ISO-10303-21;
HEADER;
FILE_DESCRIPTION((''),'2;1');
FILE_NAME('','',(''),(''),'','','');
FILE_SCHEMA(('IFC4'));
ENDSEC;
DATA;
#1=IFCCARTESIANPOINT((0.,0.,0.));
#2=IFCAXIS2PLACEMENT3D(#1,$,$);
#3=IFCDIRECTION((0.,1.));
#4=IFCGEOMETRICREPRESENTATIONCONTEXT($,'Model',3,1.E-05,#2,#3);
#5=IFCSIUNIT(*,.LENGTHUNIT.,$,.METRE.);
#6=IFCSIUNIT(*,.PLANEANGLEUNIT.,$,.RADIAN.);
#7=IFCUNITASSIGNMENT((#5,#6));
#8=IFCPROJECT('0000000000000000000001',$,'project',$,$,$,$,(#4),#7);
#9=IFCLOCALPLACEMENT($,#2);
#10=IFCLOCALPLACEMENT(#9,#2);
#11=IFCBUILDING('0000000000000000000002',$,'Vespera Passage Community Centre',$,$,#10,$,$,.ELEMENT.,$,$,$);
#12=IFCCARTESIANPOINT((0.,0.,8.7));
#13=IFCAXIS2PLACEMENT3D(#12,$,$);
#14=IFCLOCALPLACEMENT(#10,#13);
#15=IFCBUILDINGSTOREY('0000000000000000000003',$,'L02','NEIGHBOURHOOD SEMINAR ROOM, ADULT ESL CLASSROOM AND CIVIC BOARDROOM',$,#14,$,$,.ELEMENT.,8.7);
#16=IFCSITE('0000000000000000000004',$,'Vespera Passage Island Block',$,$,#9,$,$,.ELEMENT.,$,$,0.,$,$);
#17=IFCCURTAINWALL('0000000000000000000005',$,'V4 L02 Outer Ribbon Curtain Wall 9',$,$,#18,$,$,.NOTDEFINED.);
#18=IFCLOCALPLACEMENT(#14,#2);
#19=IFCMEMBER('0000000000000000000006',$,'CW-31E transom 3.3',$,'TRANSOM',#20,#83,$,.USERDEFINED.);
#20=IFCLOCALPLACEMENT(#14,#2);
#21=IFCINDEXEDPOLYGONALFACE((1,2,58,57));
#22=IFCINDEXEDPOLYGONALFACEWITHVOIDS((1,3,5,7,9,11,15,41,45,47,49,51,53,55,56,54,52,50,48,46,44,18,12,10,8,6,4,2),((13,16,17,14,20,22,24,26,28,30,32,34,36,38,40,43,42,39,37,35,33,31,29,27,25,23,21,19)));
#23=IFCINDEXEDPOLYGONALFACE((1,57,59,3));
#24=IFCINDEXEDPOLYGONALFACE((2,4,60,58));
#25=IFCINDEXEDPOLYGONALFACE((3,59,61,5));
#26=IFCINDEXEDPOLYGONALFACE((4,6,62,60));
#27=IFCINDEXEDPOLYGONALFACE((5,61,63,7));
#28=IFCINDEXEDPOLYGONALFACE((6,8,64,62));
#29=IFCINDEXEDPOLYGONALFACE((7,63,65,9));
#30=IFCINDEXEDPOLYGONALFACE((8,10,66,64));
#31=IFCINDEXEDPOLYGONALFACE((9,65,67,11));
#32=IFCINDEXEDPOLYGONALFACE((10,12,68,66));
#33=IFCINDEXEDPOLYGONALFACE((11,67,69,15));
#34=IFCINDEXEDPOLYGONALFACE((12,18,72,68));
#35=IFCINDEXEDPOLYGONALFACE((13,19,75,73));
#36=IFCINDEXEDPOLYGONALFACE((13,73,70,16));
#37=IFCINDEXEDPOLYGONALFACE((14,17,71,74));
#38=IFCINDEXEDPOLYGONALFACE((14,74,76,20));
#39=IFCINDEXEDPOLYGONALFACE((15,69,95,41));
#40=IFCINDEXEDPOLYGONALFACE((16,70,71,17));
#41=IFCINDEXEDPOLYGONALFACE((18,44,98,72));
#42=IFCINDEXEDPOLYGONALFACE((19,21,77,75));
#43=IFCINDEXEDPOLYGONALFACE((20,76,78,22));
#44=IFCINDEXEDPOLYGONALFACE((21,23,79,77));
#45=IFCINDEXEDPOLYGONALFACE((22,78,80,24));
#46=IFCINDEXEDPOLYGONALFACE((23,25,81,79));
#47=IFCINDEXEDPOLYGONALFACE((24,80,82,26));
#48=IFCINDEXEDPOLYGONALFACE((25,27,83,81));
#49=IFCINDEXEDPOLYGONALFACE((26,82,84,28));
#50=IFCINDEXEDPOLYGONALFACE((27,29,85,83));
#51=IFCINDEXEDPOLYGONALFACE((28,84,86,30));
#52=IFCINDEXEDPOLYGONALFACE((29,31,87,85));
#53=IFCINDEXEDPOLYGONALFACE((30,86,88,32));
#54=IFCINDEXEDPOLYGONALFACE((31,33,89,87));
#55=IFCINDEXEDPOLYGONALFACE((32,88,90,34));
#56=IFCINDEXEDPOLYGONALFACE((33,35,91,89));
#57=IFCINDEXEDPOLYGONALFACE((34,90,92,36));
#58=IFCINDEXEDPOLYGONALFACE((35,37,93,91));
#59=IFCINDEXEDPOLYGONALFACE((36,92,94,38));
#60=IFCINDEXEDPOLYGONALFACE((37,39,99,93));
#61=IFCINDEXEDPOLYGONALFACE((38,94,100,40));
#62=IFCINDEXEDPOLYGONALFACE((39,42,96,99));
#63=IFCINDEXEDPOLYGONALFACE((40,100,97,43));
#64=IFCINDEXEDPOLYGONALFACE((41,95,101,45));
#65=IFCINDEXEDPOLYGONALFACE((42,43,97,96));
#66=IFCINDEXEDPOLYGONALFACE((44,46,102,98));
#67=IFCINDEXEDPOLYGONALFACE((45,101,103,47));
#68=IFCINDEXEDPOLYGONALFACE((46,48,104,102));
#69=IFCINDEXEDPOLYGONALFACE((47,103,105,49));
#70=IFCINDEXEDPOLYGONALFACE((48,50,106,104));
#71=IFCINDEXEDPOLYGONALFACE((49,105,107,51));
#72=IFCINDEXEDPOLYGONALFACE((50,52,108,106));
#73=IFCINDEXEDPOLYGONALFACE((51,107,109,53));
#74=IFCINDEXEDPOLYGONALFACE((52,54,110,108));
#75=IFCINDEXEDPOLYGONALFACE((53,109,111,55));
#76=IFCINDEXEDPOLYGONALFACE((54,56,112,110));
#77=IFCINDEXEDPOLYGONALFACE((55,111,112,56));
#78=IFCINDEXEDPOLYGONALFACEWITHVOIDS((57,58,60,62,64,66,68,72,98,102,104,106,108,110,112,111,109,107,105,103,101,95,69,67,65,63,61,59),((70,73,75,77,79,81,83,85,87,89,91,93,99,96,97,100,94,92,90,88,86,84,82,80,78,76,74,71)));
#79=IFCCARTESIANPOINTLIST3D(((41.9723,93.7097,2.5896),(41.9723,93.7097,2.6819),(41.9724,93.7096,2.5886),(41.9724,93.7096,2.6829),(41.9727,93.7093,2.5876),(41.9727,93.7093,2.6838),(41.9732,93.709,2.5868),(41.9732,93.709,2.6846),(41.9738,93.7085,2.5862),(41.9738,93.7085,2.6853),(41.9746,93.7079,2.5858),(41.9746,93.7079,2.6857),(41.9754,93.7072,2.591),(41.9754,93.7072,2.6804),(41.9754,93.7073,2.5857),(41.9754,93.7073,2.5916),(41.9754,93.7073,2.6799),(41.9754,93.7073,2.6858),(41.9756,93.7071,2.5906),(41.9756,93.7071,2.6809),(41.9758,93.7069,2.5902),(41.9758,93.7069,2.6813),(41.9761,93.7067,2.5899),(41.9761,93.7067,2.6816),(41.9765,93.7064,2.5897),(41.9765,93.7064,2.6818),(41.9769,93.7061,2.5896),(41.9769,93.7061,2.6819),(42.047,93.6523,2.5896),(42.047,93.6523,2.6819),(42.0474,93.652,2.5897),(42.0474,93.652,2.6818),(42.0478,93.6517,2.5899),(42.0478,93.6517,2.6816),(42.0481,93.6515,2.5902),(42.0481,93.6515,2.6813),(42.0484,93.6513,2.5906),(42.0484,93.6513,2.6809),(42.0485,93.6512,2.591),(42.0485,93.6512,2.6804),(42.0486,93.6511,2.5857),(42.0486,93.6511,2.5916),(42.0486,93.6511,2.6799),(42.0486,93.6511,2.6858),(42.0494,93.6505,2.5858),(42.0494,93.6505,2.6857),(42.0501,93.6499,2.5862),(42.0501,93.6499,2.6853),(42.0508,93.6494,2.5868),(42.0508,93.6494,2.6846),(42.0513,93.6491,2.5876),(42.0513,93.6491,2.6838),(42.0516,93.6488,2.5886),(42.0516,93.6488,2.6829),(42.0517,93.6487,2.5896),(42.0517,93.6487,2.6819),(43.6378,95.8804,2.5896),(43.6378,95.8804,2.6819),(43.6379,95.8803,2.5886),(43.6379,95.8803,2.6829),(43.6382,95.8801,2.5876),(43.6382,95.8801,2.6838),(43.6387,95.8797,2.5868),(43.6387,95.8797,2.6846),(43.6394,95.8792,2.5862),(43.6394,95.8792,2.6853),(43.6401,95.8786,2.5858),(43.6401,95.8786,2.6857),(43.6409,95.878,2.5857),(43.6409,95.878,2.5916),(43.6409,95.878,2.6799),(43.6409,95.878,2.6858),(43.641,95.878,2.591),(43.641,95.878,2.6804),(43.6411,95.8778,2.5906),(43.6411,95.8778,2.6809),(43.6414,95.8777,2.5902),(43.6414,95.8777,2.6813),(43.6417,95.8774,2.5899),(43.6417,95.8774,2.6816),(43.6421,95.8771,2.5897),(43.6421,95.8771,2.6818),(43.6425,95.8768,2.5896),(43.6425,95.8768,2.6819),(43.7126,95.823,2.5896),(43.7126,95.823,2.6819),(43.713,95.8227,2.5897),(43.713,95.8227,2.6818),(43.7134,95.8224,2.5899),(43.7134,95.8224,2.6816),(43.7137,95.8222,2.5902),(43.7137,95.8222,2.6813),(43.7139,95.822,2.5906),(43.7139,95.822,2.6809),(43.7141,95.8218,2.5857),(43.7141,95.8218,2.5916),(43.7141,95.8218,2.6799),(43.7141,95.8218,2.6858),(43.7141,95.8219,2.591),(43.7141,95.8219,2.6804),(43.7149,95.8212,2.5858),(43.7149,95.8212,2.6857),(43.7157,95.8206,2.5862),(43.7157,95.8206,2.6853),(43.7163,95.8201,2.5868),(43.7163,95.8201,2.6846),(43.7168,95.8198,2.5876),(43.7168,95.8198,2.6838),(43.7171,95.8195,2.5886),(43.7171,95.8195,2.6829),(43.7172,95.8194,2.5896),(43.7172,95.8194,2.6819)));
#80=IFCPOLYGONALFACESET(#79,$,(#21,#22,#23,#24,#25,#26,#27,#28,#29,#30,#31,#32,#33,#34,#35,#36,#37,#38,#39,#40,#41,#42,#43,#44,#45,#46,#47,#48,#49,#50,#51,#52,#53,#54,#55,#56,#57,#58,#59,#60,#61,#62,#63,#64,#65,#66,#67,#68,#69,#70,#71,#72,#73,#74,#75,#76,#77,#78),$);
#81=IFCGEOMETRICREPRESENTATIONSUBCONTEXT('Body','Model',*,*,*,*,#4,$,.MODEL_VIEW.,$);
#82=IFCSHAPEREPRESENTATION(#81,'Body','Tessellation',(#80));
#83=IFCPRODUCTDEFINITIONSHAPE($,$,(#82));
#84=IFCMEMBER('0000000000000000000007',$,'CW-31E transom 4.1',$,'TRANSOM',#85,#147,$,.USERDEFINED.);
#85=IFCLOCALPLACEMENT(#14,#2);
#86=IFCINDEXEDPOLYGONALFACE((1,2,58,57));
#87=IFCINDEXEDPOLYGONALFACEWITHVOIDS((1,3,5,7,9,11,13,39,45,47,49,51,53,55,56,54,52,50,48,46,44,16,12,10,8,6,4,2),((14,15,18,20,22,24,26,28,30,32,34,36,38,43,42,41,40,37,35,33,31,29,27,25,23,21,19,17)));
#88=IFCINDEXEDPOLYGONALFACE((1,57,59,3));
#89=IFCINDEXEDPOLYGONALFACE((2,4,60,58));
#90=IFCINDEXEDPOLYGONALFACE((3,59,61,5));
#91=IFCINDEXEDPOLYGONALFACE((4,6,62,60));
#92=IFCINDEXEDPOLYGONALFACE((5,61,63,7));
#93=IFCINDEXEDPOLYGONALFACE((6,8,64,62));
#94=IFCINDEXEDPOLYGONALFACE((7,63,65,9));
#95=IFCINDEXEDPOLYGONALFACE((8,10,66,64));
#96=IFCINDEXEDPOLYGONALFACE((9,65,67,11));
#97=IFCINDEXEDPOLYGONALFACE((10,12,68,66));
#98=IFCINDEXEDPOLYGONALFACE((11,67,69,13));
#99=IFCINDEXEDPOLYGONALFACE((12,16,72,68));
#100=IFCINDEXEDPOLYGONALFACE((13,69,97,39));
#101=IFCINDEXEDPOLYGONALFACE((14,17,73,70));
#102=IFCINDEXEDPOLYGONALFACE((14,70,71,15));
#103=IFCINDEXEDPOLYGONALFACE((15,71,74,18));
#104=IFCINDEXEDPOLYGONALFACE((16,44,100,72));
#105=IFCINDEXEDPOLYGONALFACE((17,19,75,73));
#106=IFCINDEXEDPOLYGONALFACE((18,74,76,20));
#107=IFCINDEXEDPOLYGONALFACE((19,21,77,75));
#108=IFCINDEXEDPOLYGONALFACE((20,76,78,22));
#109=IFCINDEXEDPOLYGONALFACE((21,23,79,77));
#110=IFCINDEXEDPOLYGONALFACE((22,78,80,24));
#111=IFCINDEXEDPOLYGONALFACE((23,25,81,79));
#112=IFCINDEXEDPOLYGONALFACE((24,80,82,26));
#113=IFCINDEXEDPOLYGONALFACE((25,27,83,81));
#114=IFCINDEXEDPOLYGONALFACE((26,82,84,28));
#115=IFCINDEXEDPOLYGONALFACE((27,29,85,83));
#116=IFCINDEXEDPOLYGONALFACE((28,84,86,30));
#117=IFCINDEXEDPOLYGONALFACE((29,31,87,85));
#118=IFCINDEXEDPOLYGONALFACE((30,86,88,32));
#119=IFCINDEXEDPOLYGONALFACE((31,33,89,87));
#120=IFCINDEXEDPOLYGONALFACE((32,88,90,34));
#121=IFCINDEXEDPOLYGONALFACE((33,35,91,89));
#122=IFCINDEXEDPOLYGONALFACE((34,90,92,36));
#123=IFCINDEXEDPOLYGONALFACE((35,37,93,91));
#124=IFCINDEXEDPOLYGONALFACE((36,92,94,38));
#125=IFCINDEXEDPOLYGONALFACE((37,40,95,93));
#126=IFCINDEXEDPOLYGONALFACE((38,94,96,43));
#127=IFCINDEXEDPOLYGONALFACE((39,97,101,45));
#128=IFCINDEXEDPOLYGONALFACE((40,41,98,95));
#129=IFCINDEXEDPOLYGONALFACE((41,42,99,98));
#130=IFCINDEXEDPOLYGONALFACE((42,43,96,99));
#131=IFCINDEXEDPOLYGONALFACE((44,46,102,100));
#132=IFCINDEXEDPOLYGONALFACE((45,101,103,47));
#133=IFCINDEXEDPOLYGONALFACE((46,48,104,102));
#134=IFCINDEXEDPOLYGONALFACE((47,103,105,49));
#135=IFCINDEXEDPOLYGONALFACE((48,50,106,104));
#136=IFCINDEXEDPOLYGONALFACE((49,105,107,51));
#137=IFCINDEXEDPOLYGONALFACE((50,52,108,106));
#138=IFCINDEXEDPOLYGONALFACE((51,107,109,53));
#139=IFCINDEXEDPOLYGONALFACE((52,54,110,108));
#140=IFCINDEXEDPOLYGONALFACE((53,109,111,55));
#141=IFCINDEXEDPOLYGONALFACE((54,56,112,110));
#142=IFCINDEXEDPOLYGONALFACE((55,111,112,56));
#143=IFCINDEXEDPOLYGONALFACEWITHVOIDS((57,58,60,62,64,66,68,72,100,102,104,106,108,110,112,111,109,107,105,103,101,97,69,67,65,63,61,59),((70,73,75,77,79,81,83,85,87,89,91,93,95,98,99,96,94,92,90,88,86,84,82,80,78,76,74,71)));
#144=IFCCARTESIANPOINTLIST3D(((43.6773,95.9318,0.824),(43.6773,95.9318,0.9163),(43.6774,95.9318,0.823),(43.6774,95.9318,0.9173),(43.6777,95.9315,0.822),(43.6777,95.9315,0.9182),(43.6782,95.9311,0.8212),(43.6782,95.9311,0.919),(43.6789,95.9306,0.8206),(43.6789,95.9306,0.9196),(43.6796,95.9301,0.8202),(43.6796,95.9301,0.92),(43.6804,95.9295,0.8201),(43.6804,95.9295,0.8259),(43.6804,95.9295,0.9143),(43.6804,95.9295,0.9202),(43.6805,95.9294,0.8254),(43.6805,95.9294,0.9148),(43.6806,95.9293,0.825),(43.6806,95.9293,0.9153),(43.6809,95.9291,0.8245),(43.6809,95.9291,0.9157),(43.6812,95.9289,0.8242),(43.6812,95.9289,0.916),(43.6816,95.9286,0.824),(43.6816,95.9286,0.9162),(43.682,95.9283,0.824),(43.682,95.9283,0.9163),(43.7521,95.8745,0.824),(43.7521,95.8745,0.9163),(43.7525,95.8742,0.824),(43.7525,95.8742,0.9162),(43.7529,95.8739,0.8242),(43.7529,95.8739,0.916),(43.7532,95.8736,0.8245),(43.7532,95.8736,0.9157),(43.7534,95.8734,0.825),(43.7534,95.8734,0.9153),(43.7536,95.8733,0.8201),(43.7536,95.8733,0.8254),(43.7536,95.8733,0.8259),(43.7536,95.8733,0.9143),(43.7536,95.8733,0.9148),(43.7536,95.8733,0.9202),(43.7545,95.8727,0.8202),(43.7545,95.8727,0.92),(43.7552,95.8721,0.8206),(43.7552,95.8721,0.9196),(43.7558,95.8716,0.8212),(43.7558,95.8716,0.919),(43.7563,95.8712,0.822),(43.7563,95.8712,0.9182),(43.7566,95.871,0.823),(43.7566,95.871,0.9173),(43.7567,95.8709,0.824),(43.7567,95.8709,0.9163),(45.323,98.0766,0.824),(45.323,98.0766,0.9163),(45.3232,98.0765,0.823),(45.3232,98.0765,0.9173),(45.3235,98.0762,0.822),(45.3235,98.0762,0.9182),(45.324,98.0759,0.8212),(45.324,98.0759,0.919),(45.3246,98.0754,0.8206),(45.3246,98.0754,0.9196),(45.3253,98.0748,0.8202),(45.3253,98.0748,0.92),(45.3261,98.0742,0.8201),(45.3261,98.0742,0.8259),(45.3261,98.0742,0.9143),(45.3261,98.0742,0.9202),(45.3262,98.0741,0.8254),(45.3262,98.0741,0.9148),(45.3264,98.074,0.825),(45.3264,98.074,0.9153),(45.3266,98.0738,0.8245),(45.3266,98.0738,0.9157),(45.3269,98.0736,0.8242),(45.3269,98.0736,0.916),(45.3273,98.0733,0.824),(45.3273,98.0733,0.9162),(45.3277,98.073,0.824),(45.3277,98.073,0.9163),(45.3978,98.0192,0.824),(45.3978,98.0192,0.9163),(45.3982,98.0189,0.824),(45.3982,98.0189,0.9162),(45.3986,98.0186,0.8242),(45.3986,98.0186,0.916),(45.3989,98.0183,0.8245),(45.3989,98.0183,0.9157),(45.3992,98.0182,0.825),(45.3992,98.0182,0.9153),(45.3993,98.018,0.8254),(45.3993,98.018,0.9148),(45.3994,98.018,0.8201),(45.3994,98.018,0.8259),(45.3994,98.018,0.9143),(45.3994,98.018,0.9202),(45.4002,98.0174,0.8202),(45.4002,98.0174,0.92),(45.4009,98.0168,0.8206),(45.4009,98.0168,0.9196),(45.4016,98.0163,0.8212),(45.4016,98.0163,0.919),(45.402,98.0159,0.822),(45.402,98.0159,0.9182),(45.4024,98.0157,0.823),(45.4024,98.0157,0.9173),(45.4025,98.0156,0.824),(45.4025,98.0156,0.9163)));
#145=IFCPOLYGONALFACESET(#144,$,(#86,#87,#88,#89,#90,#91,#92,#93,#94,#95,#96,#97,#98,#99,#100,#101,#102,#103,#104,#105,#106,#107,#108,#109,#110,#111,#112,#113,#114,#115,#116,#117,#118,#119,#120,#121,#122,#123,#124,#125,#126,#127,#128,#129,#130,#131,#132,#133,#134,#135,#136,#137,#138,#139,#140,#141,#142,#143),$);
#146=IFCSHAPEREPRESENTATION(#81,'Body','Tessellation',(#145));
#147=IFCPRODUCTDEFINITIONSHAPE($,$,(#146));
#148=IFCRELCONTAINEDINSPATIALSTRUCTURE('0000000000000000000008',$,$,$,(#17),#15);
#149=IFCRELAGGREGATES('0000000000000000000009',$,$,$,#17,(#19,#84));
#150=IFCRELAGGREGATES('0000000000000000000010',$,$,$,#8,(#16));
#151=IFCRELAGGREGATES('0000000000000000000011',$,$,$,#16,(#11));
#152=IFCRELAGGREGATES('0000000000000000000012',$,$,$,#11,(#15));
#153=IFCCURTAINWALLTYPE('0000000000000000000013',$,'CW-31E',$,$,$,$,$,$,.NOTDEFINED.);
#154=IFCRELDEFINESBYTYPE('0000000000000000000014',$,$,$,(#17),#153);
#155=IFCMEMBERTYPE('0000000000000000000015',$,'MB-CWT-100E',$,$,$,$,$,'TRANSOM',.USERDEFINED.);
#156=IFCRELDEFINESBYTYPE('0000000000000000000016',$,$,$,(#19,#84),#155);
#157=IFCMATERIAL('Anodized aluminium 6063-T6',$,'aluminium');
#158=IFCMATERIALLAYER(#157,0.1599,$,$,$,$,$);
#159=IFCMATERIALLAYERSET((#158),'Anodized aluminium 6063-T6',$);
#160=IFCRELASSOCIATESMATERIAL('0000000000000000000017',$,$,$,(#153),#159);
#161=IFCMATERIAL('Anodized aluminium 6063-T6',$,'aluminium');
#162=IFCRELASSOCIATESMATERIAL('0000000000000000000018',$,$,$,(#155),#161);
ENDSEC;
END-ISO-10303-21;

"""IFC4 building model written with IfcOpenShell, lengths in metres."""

from ifc_helpers import new_model, si_unit, direction, frame, origin, origin_2d, place, context, subcontext, project, spatial, hollow_rectangle, extrude, material, layer, layer_set, material_profile, profile_set, type_object, element, aggregate, save


model = new_model("IFC4")

# Units and contexts
model_context = context("Model", 3, precision=1e-05, world=origin(), true_north=direction((0.0, 1.0)))
body_context = subcontext(model_context, "Body", "Model", "MODEL_VIEW")
ifc_project = project(units=[si_unit("LENGTHUNIT", "METRE"), si_unit("PLANEANGLEUNIT", "RADIAN")], contexts=[model_context])

# Site, building, storey
site_placement = place(None, origin())
site = spatial("IfcSite", under=ifc_project, at=site_placement, Name="Vespera Passage Island Block", CompositionType="ELEMENT", RefElevation=0.0)
building_placement = place(site_placement, origin())
building = spatial("IfcBuilding", under=site, at=building_placement, Name="Vespera Passage Community Centre", CompositionType="ELEMENT")
storey_placement = place(building_placement, frame((0.0, 0.0, 8.7)))
storey = spatial("IfcBuildingStorey", under=building, at=storey_placement, Name="L02", Description="NEIGHBOURHOOD SEMINAR ROOM, ADULT ESL CLASSROOM AND CIVIC BOARDROOM", CompositionType="ELEMENT", Elevation=8.7)

# Curtain wall
ifc_material_1 = material(Name="Anodized aluminium 6063-T6", Category="aluminium")
ifc_layer_1 = layer(ifc_material_1, 0.1599)
ifc_layer_set_1 = layer_set([ifc_layer_1], Name="Anodized aluminium 6063-T6")
curtain_wall_type_1 = type_object("IfcCurtainWallType", Name="CW-31E", PredefinedType="NOTDEFINED", material=ifc_layer_set_1)
curtain_wall_1_placement = place(storey_placement, origin())
curtain_wall_1 = element("IfcCurtainWall", 1, at=curtain_wall_1_placement, inside=storey, type_object=curtain_wall_type_1, Name="V4 L02 Outer Ribbon Curtain Wall 9", PredefinedType="NOTDEFINED")

# Members
ifc_material_2 = material(Name="Anodized aluminium 6063-T6", Category="aluminium")
ifc_material_profile_1 = material_profile(ifc_material_2, hollow_rectangle(XDim=0.1001, YDim=0.1001, WallThickness=0.0039, InnerFilletRadius=0.002, OuterFilletRadius=0.0039, at=origin_2d()), Name="ALU100X100X4")
ifc_profile_set_1 = profile_set([ifc_material_profile_1], Name="Anodized aluminium 6063-T6")
member_type_1 = type_object("IfcMemberType", Name="MB-CWT-100E", ElementType="TRANSOM", PredefinedType="USERDEFINED", material=ifc_profile_set_1)
member_1_placement = place(storey_placement, frame((42.012, 93.6792, 2.6357), z_axis=(0.608744, 0.793366, 0.0), x_axis=(-0.793366, 0.608744, 0.0)))
member_1 = element("IfcMember", 2, at=member_1_placement, type_object=member_type_1, Name="CW-31E transom 3.3", ObjectType="TRANSOM", PredefinedType="USERDEFINED", context=body_context, shape_type="SweptSolid", body=[
    extrude(hollow_rectangle(XDim=0.1001, YDim=0.1001, WallThickness=0.0039, InnerFilletRadius=0.002, OuterFilletRadius=0.0039, at=origin_2d()), origin(), (0.0, 0.0, 1.0), 2.7361),
])
member_2_placement = place(storey_placement, frame((43.717, 95.9014, 0.8701), z_axis=(0.608763, 0.793352, 0.0), x_axis=(-0.793352, 0.608763, 0.0)))
member_2 = element("IfcMember", 3, at=member_2_placement, type_object=member_type_1, Name="CW-31E transom 4.1", ObjectType="TRANSOM", PredefinedType="USERDEFINED", context=body_context, shape_type="SweptSolid", body=[
    extrude(hollow_rectangle(XDim=0.1001, YDim=0.1001, WallThickness=0.0039, InnerFilletRadius=0.002, OuterFilletRadius=0.0039, at=origin_2d()), origin(), (0.0, 0.0, 1.0), 2.7034),
])

aggregate(curtain_wall_1, [member_1, member_2])

save(model, "model.ifc")
